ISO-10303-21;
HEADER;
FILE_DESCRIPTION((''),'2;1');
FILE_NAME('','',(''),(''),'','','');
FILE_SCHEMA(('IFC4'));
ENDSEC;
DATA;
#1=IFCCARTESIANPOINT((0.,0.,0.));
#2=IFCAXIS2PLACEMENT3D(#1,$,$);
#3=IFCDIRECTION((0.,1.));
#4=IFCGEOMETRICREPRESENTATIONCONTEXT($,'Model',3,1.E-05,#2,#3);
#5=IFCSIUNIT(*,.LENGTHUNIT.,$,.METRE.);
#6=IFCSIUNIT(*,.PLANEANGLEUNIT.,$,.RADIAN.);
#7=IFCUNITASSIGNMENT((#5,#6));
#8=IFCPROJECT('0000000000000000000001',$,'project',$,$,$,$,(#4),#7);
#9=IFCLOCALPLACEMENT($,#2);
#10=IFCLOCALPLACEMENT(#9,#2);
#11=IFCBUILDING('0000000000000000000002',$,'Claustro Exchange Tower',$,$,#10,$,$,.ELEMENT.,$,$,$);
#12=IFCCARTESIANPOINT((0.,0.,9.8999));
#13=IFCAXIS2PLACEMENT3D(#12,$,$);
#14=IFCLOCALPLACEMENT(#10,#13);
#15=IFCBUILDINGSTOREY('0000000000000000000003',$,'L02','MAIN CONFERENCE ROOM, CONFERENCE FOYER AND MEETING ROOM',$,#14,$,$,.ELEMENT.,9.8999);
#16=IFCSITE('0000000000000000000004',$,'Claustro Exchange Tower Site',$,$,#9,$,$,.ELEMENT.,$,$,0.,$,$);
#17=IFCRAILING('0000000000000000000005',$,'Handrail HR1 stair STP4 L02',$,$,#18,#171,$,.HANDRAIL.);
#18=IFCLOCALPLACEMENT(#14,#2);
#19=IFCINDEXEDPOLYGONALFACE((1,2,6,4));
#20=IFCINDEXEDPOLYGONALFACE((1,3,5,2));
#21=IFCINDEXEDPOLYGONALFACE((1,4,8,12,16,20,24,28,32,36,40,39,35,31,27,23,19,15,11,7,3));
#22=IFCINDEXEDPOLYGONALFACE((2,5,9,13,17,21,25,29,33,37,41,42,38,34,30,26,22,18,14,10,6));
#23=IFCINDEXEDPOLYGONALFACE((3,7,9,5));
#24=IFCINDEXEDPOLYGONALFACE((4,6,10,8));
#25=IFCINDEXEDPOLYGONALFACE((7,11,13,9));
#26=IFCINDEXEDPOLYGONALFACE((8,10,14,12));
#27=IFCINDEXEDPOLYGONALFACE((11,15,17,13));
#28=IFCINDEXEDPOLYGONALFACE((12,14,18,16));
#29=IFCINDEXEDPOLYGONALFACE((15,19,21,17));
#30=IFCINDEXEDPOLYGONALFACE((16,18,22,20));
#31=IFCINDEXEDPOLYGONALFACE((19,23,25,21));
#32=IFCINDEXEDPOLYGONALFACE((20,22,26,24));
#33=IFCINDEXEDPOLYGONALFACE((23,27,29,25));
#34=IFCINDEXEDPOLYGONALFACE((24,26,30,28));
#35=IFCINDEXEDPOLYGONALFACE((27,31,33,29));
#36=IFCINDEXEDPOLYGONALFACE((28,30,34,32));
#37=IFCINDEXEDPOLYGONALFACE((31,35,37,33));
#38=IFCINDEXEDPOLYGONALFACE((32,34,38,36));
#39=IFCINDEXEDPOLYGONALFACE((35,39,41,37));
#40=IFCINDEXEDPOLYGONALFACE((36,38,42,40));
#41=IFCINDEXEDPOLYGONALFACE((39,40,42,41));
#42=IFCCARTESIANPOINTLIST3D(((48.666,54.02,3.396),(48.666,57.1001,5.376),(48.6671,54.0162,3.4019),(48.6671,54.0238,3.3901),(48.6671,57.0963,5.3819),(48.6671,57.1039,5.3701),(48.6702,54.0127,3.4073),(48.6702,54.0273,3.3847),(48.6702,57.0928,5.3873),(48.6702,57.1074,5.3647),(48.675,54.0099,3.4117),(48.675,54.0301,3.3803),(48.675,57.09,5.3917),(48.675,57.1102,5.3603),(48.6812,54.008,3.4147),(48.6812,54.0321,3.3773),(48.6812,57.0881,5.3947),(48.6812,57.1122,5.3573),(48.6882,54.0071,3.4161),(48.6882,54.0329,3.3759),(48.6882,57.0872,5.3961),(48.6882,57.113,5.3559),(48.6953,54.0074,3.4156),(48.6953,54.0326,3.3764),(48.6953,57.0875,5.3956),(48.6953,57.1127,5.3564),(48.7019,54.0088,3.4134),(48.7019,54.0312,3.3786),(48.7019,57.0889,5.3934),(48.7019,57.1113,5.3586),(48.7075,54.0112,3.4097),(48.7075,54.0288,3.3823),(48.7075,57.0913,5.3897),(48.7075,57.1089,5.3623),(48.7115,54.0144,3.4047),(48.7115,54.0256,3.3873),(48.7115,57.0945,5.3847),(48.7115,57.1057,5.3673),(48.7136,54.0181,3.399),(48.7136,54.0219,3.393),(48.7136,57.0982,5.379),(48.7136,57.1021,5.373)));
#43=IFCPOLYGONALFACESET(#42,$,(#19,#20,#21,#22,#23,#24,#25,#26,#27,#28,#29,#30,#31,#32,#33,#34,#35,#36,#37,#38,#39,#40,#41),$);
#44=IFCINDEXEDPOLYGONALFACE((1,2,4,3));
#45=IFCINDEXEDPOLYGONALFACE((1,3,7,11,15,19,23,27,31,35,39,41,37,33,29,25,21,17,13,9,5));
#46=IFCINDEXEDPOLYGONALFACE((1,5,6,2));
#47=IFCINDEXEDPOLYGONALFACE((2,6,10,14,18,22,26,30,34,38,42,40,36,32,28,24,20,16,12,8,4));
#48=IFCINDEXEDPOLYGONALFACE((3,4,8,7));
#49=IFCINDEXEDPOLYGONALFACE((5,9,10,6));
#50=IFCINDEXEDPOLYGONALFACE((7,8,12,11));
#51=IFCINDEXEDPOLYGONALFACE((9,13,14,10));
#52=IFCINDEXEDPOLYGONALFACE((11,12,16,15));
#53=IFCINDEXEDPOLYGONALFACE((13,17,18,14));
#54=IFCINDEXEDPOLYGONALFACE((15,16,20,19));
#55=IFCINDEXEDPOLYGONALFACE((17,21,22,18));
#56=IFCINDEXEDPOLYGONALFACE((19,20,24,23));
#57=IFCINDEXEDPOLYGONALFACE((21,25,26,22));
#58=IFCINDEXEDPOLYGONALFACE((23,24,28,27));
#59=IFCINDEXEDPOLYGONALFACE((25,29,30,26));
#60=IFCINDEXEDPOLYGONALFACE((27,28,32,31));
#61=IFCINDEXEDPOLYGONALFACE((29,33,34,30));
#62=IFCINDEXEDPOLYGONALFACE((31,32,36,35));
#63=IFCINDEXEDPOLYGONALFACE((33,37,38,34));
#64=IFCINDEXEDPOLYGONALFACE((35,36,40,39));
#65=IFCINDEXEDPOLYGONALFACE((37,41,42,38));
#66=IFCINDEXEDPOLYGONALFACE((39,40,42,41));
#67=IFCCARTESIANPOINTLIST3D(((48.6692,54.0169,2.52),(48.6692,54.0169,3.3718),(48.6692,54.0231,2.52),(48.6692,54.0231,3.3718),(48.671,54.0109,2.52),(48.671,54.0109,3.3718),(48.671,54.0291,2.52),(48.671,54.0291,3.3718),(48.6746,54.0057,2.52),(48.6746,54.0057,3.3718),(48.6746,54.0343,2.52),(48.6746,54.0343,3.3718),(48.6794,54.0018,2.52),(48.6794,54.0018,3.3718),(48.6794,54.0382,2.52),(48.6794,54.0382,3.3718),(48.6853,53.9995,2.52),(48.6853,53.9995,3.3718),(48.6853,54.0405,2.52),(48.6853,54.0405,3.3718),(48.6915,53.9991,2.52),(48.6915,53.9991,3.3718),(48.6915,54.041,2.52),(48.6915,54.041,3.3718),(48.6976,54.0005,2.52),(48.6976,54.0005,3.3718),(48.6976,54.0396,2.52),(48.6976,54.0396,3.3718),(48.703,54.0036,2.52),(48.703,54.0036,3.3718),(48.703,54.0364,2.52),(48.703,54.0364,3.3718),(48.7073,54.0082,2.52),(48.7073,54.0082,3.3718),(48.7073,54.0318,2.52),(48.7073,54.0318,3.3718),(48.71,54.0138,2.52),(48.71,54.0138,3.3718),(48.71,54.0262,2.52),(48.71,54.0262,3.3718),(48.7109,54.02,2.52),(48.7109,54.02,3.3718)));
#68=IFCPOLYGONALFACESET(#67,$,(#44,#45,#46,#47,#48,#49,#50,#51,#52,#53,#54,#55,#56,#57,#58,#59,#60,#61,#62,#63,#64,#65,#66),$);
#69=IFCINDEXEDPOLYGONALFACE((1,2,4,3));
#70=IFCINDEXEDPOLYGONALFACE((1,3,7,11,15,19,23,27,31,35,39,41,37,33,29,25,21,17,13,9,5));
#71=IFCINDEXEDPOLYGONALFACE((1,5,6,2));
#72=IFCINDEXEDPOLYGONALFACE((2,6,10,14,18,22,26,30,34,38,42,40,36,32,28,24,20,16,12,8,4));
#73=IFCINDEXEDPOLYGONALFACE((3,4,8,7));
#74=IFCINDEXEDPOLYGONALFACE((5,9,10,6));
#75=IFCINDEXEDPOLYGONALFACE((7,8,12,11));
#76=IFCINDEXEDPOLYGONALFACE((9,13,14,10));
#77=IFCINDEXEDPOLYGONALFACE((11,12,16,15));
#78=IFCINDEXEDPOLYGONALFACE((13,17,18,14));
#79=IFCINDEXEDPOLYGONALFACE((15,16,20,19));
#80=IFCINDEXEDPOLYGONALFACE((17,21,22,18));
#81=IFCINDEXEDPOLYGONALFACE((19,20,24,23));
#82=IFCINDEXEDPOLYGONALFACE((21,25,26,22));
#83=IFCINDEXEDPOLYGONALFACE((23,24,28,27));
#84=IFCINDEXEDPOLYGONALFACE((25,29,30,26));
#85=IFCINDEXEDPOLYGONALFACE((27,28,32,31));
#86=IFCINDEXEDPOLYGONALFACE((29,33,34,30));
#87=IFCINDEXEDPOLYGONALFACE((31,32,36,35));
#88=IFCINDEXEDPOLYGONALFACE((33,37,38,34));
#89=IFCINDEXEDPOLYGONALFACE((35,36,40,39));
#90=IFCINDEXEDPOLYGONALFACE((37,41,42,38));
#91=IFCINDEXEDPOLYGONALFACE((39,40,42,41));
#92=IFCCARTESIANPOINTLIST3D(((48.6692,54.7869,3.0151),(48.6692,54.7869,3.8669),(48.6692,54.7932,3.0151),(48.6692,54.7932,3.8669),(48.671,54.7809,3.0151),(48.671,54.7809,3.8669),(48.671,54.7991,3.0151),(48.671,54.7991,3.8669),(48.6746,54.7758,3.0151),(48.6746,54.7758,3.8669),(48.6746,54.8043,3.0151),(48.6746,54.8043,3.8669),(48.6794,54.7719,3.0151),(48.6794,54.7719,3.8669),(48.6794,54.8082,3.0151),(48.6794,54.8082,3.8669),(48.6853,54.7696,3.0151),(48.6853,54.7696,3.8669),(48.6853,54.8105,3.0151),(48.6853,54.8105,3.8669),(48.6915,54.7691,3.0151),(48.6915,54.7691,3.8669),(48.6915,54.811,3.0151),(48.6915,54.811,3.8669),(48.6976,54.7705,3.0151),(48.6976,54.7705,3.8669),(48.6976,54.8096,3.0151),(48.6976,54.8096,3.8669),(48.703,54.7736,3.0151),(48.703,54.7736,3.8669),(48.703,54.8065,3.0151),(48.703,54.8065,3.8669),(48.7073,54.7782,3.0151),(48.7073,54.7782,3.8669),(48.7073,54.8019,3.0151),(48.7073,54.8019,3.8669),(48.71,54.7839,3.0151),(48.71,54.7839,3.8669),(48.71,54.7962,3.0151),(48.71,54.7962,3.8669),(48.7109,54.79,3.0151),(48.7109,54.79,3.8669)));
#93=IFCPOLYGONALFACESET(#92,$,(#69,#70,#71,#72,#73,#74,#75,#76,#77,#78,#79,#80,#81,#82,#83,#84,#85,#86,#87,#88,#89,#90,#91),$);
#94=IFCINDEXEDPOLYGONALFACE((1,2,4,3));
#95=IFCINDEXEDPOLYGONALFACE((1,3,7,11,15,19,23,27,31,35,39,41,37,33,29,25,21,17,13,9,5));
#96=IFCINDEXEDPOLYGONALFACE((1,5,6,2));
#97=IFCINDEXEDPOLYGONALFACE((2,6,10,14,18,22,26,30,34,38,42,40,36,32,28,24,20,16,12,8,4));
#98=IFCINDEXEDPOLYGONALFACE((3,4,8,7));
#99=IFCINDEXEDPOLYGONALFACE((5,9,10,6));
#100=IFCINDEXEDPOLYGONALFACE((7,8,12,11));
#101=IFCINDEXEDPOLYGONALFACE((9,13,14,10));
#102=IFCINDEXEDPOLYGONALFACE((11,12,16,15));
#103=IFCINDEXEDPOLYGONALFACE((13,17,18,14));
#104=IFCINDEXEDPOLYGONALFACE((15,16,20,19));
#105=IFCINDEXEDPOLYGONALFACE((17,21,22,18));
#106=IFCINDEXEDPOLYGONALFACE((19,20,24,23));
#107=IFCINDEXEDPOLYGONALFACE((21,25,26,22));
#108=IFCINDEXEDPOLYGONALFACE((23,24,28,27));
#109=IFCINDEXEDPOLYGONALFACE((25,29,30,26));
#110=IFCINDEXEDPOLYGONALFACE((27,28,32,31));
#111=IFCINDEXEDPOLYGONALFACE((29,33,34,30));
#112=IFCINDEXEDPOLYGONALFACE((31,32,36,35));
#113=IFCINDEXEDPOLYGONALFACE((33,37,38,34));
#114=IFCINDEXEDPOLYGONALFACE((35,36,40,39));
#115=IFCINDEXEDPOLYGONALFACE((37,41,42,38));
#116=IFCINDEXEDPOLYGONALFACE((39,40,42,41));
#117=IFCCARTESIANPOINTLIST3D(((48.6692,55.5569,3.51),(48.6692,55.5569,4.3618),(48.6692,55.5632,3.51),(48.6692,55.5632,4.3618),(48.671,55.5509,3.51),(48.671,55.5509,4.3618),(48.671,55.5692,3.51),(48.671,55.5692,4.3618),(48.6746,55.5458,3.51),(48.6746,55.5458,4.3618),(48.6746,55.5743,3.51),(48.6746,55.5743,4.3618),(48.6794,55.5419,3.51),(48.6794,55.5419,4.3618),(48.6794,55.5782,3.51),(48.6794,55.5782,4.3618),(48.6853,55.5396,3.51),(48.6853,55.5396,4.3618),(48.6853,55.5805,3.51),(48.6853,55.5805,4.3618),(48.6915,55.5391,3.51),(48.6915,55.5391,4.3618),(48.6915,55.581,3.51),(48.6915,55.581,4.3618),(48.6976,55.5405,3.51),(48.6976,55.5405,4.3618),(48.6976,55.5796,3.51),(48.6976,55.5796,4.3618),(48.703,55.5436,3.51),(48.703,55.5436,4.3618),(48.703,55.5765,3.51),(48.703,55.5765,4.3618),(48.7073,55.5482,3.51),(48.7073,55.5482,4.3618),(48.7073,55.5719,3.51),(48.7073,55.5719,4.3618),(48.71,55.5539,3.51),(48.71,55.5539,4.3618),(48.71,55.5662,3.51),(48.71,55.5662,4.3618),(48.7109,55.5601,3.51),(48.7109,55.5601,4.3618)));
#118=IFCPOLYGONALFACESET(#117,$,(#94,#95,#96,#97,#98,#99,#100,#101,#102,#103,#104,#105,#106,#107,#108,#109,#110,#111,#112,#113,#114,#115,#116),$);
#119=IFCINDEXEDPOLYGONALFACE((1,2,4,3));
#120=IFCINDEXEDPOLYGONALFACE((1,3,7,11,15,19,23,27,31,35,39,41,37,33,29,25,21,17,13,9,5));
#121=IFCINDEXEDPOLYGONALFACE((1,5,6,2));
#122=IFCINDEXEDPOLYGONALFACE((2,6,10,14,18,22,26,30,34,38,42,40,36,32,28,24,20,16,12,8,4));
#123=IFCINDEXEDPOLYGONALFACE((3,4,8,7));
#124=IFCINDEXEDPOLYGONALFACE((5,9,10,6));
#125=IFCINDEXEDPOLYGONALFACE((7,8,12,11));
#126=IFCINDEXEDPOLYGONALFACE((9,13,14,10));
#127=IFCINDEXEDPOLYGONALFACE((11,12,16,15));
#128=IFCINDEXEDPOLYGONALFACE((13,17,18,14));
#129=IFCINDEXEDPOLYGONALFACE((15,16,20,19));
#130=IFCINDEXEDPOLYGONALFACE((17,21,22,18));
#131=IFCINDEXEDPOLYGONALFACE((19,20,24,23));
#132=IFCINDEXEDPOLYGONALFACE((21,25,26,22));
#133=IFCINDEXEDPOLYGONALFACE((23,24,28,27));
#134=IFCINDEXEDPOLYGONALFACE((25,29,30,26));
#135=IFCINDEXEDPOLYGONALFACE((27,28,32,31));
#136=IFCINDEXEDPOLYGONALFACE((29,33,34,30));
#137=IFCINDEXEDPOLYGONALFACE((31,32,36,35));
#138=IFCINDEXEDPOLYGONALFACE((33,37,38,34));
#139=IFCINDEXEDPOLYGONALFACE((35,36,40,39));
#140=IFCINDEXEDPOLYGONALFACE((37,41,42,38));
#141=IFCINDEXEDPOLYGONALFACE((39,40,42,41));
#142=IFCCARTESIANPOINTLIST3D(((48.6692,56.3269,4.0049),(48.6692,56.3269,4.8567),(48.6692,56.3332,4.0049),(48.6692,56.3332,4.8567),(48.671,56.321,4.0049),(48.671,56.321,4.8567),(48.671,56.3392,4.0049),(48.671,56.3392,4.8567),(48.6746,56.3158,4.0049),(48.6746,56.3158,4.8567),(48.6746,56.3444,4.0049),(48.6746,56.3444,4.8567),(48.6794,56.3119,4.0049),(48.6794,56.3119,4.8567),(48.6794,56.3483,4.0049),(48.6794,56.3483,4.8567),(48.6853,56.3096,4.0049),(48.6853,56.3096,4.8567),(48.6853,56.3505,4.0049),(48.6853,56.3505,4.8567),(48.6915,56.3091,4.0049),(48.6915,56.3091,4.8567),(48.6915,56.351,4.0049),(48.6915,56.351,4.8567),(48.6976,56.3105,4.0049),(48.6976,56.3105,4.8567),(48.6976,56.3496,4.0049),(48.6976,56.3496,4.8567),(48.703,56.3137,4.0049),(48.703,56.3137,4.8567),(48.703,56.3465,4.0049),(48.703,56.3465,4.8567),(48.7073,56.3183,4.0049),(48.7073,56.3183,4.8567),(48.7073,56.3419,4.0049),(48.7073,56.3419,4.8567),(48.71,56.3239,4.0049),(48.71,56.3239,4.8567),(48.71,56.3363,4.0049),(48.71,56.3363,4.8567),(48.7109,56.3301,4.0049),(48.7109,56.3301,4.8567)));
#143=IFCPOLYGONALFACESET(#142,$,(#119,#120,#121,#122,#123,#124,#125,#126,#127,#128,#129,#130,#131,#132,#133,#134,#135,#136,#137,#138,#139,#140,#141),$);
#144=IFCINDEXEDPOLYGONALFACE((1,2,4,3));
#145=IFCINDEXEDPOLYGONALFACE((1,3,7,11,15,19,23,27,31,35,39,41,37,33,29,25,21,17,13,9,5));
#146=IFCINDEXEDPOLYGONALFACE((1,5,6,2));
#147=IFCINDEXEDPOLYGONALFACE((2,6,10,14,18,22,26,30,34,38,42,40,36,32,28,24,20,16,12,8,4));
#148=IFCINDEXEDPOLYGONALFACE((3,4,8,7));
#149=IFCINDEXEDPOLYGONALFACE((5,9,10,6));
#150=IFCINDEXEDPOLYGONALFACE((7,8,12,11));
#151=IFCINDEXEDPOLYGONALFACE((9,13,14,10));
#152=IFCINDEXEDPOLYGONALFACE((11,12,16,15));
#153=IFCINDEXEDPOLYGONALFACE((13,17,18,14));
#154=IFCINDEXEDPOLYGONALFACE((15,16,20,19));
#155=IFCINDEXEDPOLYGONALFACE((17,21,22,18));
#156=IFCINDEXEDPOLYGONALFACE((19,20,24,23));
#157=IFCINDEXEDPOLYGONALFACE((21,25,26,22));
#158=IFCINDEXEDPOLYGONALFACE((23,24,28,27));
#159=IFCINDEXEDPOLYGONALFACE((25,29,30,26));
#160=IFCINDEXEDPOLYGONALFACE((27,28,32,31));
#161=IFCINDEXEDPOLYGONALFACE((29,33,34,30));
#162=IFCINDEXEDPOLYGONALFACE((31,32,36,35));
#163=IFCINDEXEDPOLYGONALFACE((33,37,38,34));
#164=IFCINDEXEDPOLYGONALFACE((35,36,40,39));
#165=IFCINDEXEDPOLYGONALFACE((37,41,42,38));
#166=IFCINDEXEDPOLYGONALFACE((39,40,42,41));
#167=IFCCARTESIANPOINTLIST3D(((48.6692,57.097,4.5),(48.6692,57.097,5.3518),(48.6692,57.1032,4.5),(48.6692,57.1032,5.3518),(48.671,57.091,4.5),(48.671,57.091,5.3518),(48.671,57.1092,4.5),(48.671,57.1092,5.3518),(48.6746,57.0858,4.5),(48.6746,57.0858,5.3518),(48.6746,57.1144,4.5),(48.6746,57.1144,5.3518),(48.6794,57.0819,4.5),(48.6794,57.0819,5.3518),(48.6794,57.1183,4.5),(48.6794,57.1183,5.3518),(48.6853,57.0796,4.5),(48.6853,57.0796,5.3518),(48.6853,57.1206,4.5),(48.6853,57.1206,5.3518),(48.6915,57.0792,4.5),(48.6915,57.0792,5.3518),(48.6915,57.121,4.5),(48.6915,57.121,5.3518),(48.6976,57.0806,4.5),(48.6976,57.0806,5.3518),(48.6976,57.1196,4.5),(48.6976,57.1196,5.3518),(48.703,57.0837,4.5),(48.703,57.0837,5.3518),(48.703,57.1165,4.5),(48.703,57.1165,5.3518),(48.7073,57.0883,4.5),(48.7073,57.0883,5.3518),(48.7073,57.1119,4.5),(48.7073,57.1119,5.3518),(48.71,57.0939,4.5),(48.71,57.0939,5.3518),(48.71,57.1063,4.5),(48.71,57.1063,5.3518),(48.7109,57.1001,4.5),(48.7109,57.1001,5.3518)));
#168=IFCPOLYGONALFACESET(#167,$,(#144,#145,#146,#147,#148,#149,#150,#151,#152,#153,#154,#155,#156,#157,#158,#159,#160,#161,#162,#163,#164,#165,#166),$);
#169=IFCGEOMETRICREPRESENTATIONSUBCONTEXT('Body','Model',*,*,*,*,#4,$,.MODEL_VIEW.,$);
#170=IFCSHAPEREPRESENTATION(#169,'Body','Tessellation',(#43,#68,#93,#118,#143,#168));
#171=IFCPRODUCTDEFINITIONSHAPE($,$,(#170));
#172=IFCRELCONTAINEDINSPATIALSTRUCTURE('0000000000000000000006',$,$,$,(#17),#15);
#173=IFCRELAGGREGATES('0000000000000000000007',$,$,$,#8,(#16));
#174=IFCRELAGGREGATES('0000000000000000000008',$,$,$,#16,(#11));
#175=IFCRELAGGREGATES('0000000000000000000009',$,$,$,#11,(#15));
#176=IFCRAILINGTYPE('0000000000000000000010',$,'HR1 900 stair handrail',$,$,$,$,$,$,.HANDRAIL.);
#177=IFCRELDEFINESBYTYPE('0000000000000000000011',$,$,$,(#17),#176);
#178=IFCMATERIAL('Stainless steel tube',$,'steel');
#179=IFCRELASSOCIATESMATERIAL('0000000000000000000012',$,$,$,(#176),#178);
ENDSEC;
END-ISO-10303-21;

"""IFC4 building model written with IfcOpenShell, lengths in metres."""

from ifc_helpers import new_model, si_unit, direction, frame, origin, origin_2d, place, context, subcontext, project, spatial, circle, extrude, material, type_object, element, save


model = new_model("IFC4")

# Units and contexts
model_context = context("Model", 3, precision=1e-05, world=origin(), true_north=direction((0.0, 1.0)))
body_context = subcontext(model_context, "Body", "Model", "MODEL_VIEW")
ifc_project = project(units=[si_unit("LENGTHUNIT", "METRE"), si_unit("PLANEANGLEUNIT", "RADIAN")], contexts=[model_context])

# Site, building, storey
site_placement = place(None, origin())
site = spatial("IfcSite", under=ifc_project, at=site_placement, Name="Claustro Exchange Tower Site", CompositionType="ELEMENT", RefElevation=0.0)
building_placement = place(site_placement, origin())
building = spatial("IfcBuilding", under=site, at=building_placement, Name="Claustro Exchange Tower", CompositionType="ELEMENT")
storey_placement = place(building_placement, frame((0.0, 0.0, 9.8999)))
storey = spatial("IfcBuildingStorey", under=building, at=storey_placement, Name="L02", Description="MAIN CONFERENCE ROOM, CONFERENCE FOYER AND MEETING ROOM", CompositionType="ELEMENT", Elevation=9.8999)

# Railing
ifc_material_1 = material(Name="Stainless steel tube", Category="steel")
railing_type_1 = type_object("IfcRailingType", Name="HR1 900 stair handrail", PredefinedType="HANDRAIL", material=ifc_material_1)
railing_1_placement = place(storey_placement, frame((48.6899, 54.02, 2.52)))
element("IfcRailing", 1, at=railing_1_placement, inside=storey, type_object=railing_type_1, Name="Handrail HR1 stair STP4 L02", PredefinedType="HANDRAIL", context=body_context, shape_type="SweptSolid", body=[
    extrude(circle(Radius=0.0239, at=origin_2d()), frame((0.0, 0.0, 0.876), z_axis=(0.0, 0.841187, 0.540744), x_axis=(-1.0, 0.0, 0.0)), (0.0, 0.0, 1.0), 3.6616),
    extrude(circle(Radius=0.021, at=origin_2d()), origin(), (0.0, 0.0, 1.0), 0.8518),
    extrude(circle(Radius=0.021, at=origin_2d()), frame((0.0, 0.77, 0.4951)), (0.0, 0.0, 1.0), 0.8518),
    extrude(circle(Radius=0.021, at=origin_2d()), frame((0.0, 1.54, 0.99)), (0.0, 0.0, 1.0), 0.8518),
    extrude(circle(Radius=0.021, at=origin_2d()), frame((0.0, 2.3101, 1.4849)), (0.0, 0.0, 1.0), 0.8518),
    extrude(circle(Radius=0.021, at=origin_2d()), frame((0.0, 3.0801, 1.98)), (0.0, 0.0, 1.0), 0.8518),
])

save(model, "model.ifc")
